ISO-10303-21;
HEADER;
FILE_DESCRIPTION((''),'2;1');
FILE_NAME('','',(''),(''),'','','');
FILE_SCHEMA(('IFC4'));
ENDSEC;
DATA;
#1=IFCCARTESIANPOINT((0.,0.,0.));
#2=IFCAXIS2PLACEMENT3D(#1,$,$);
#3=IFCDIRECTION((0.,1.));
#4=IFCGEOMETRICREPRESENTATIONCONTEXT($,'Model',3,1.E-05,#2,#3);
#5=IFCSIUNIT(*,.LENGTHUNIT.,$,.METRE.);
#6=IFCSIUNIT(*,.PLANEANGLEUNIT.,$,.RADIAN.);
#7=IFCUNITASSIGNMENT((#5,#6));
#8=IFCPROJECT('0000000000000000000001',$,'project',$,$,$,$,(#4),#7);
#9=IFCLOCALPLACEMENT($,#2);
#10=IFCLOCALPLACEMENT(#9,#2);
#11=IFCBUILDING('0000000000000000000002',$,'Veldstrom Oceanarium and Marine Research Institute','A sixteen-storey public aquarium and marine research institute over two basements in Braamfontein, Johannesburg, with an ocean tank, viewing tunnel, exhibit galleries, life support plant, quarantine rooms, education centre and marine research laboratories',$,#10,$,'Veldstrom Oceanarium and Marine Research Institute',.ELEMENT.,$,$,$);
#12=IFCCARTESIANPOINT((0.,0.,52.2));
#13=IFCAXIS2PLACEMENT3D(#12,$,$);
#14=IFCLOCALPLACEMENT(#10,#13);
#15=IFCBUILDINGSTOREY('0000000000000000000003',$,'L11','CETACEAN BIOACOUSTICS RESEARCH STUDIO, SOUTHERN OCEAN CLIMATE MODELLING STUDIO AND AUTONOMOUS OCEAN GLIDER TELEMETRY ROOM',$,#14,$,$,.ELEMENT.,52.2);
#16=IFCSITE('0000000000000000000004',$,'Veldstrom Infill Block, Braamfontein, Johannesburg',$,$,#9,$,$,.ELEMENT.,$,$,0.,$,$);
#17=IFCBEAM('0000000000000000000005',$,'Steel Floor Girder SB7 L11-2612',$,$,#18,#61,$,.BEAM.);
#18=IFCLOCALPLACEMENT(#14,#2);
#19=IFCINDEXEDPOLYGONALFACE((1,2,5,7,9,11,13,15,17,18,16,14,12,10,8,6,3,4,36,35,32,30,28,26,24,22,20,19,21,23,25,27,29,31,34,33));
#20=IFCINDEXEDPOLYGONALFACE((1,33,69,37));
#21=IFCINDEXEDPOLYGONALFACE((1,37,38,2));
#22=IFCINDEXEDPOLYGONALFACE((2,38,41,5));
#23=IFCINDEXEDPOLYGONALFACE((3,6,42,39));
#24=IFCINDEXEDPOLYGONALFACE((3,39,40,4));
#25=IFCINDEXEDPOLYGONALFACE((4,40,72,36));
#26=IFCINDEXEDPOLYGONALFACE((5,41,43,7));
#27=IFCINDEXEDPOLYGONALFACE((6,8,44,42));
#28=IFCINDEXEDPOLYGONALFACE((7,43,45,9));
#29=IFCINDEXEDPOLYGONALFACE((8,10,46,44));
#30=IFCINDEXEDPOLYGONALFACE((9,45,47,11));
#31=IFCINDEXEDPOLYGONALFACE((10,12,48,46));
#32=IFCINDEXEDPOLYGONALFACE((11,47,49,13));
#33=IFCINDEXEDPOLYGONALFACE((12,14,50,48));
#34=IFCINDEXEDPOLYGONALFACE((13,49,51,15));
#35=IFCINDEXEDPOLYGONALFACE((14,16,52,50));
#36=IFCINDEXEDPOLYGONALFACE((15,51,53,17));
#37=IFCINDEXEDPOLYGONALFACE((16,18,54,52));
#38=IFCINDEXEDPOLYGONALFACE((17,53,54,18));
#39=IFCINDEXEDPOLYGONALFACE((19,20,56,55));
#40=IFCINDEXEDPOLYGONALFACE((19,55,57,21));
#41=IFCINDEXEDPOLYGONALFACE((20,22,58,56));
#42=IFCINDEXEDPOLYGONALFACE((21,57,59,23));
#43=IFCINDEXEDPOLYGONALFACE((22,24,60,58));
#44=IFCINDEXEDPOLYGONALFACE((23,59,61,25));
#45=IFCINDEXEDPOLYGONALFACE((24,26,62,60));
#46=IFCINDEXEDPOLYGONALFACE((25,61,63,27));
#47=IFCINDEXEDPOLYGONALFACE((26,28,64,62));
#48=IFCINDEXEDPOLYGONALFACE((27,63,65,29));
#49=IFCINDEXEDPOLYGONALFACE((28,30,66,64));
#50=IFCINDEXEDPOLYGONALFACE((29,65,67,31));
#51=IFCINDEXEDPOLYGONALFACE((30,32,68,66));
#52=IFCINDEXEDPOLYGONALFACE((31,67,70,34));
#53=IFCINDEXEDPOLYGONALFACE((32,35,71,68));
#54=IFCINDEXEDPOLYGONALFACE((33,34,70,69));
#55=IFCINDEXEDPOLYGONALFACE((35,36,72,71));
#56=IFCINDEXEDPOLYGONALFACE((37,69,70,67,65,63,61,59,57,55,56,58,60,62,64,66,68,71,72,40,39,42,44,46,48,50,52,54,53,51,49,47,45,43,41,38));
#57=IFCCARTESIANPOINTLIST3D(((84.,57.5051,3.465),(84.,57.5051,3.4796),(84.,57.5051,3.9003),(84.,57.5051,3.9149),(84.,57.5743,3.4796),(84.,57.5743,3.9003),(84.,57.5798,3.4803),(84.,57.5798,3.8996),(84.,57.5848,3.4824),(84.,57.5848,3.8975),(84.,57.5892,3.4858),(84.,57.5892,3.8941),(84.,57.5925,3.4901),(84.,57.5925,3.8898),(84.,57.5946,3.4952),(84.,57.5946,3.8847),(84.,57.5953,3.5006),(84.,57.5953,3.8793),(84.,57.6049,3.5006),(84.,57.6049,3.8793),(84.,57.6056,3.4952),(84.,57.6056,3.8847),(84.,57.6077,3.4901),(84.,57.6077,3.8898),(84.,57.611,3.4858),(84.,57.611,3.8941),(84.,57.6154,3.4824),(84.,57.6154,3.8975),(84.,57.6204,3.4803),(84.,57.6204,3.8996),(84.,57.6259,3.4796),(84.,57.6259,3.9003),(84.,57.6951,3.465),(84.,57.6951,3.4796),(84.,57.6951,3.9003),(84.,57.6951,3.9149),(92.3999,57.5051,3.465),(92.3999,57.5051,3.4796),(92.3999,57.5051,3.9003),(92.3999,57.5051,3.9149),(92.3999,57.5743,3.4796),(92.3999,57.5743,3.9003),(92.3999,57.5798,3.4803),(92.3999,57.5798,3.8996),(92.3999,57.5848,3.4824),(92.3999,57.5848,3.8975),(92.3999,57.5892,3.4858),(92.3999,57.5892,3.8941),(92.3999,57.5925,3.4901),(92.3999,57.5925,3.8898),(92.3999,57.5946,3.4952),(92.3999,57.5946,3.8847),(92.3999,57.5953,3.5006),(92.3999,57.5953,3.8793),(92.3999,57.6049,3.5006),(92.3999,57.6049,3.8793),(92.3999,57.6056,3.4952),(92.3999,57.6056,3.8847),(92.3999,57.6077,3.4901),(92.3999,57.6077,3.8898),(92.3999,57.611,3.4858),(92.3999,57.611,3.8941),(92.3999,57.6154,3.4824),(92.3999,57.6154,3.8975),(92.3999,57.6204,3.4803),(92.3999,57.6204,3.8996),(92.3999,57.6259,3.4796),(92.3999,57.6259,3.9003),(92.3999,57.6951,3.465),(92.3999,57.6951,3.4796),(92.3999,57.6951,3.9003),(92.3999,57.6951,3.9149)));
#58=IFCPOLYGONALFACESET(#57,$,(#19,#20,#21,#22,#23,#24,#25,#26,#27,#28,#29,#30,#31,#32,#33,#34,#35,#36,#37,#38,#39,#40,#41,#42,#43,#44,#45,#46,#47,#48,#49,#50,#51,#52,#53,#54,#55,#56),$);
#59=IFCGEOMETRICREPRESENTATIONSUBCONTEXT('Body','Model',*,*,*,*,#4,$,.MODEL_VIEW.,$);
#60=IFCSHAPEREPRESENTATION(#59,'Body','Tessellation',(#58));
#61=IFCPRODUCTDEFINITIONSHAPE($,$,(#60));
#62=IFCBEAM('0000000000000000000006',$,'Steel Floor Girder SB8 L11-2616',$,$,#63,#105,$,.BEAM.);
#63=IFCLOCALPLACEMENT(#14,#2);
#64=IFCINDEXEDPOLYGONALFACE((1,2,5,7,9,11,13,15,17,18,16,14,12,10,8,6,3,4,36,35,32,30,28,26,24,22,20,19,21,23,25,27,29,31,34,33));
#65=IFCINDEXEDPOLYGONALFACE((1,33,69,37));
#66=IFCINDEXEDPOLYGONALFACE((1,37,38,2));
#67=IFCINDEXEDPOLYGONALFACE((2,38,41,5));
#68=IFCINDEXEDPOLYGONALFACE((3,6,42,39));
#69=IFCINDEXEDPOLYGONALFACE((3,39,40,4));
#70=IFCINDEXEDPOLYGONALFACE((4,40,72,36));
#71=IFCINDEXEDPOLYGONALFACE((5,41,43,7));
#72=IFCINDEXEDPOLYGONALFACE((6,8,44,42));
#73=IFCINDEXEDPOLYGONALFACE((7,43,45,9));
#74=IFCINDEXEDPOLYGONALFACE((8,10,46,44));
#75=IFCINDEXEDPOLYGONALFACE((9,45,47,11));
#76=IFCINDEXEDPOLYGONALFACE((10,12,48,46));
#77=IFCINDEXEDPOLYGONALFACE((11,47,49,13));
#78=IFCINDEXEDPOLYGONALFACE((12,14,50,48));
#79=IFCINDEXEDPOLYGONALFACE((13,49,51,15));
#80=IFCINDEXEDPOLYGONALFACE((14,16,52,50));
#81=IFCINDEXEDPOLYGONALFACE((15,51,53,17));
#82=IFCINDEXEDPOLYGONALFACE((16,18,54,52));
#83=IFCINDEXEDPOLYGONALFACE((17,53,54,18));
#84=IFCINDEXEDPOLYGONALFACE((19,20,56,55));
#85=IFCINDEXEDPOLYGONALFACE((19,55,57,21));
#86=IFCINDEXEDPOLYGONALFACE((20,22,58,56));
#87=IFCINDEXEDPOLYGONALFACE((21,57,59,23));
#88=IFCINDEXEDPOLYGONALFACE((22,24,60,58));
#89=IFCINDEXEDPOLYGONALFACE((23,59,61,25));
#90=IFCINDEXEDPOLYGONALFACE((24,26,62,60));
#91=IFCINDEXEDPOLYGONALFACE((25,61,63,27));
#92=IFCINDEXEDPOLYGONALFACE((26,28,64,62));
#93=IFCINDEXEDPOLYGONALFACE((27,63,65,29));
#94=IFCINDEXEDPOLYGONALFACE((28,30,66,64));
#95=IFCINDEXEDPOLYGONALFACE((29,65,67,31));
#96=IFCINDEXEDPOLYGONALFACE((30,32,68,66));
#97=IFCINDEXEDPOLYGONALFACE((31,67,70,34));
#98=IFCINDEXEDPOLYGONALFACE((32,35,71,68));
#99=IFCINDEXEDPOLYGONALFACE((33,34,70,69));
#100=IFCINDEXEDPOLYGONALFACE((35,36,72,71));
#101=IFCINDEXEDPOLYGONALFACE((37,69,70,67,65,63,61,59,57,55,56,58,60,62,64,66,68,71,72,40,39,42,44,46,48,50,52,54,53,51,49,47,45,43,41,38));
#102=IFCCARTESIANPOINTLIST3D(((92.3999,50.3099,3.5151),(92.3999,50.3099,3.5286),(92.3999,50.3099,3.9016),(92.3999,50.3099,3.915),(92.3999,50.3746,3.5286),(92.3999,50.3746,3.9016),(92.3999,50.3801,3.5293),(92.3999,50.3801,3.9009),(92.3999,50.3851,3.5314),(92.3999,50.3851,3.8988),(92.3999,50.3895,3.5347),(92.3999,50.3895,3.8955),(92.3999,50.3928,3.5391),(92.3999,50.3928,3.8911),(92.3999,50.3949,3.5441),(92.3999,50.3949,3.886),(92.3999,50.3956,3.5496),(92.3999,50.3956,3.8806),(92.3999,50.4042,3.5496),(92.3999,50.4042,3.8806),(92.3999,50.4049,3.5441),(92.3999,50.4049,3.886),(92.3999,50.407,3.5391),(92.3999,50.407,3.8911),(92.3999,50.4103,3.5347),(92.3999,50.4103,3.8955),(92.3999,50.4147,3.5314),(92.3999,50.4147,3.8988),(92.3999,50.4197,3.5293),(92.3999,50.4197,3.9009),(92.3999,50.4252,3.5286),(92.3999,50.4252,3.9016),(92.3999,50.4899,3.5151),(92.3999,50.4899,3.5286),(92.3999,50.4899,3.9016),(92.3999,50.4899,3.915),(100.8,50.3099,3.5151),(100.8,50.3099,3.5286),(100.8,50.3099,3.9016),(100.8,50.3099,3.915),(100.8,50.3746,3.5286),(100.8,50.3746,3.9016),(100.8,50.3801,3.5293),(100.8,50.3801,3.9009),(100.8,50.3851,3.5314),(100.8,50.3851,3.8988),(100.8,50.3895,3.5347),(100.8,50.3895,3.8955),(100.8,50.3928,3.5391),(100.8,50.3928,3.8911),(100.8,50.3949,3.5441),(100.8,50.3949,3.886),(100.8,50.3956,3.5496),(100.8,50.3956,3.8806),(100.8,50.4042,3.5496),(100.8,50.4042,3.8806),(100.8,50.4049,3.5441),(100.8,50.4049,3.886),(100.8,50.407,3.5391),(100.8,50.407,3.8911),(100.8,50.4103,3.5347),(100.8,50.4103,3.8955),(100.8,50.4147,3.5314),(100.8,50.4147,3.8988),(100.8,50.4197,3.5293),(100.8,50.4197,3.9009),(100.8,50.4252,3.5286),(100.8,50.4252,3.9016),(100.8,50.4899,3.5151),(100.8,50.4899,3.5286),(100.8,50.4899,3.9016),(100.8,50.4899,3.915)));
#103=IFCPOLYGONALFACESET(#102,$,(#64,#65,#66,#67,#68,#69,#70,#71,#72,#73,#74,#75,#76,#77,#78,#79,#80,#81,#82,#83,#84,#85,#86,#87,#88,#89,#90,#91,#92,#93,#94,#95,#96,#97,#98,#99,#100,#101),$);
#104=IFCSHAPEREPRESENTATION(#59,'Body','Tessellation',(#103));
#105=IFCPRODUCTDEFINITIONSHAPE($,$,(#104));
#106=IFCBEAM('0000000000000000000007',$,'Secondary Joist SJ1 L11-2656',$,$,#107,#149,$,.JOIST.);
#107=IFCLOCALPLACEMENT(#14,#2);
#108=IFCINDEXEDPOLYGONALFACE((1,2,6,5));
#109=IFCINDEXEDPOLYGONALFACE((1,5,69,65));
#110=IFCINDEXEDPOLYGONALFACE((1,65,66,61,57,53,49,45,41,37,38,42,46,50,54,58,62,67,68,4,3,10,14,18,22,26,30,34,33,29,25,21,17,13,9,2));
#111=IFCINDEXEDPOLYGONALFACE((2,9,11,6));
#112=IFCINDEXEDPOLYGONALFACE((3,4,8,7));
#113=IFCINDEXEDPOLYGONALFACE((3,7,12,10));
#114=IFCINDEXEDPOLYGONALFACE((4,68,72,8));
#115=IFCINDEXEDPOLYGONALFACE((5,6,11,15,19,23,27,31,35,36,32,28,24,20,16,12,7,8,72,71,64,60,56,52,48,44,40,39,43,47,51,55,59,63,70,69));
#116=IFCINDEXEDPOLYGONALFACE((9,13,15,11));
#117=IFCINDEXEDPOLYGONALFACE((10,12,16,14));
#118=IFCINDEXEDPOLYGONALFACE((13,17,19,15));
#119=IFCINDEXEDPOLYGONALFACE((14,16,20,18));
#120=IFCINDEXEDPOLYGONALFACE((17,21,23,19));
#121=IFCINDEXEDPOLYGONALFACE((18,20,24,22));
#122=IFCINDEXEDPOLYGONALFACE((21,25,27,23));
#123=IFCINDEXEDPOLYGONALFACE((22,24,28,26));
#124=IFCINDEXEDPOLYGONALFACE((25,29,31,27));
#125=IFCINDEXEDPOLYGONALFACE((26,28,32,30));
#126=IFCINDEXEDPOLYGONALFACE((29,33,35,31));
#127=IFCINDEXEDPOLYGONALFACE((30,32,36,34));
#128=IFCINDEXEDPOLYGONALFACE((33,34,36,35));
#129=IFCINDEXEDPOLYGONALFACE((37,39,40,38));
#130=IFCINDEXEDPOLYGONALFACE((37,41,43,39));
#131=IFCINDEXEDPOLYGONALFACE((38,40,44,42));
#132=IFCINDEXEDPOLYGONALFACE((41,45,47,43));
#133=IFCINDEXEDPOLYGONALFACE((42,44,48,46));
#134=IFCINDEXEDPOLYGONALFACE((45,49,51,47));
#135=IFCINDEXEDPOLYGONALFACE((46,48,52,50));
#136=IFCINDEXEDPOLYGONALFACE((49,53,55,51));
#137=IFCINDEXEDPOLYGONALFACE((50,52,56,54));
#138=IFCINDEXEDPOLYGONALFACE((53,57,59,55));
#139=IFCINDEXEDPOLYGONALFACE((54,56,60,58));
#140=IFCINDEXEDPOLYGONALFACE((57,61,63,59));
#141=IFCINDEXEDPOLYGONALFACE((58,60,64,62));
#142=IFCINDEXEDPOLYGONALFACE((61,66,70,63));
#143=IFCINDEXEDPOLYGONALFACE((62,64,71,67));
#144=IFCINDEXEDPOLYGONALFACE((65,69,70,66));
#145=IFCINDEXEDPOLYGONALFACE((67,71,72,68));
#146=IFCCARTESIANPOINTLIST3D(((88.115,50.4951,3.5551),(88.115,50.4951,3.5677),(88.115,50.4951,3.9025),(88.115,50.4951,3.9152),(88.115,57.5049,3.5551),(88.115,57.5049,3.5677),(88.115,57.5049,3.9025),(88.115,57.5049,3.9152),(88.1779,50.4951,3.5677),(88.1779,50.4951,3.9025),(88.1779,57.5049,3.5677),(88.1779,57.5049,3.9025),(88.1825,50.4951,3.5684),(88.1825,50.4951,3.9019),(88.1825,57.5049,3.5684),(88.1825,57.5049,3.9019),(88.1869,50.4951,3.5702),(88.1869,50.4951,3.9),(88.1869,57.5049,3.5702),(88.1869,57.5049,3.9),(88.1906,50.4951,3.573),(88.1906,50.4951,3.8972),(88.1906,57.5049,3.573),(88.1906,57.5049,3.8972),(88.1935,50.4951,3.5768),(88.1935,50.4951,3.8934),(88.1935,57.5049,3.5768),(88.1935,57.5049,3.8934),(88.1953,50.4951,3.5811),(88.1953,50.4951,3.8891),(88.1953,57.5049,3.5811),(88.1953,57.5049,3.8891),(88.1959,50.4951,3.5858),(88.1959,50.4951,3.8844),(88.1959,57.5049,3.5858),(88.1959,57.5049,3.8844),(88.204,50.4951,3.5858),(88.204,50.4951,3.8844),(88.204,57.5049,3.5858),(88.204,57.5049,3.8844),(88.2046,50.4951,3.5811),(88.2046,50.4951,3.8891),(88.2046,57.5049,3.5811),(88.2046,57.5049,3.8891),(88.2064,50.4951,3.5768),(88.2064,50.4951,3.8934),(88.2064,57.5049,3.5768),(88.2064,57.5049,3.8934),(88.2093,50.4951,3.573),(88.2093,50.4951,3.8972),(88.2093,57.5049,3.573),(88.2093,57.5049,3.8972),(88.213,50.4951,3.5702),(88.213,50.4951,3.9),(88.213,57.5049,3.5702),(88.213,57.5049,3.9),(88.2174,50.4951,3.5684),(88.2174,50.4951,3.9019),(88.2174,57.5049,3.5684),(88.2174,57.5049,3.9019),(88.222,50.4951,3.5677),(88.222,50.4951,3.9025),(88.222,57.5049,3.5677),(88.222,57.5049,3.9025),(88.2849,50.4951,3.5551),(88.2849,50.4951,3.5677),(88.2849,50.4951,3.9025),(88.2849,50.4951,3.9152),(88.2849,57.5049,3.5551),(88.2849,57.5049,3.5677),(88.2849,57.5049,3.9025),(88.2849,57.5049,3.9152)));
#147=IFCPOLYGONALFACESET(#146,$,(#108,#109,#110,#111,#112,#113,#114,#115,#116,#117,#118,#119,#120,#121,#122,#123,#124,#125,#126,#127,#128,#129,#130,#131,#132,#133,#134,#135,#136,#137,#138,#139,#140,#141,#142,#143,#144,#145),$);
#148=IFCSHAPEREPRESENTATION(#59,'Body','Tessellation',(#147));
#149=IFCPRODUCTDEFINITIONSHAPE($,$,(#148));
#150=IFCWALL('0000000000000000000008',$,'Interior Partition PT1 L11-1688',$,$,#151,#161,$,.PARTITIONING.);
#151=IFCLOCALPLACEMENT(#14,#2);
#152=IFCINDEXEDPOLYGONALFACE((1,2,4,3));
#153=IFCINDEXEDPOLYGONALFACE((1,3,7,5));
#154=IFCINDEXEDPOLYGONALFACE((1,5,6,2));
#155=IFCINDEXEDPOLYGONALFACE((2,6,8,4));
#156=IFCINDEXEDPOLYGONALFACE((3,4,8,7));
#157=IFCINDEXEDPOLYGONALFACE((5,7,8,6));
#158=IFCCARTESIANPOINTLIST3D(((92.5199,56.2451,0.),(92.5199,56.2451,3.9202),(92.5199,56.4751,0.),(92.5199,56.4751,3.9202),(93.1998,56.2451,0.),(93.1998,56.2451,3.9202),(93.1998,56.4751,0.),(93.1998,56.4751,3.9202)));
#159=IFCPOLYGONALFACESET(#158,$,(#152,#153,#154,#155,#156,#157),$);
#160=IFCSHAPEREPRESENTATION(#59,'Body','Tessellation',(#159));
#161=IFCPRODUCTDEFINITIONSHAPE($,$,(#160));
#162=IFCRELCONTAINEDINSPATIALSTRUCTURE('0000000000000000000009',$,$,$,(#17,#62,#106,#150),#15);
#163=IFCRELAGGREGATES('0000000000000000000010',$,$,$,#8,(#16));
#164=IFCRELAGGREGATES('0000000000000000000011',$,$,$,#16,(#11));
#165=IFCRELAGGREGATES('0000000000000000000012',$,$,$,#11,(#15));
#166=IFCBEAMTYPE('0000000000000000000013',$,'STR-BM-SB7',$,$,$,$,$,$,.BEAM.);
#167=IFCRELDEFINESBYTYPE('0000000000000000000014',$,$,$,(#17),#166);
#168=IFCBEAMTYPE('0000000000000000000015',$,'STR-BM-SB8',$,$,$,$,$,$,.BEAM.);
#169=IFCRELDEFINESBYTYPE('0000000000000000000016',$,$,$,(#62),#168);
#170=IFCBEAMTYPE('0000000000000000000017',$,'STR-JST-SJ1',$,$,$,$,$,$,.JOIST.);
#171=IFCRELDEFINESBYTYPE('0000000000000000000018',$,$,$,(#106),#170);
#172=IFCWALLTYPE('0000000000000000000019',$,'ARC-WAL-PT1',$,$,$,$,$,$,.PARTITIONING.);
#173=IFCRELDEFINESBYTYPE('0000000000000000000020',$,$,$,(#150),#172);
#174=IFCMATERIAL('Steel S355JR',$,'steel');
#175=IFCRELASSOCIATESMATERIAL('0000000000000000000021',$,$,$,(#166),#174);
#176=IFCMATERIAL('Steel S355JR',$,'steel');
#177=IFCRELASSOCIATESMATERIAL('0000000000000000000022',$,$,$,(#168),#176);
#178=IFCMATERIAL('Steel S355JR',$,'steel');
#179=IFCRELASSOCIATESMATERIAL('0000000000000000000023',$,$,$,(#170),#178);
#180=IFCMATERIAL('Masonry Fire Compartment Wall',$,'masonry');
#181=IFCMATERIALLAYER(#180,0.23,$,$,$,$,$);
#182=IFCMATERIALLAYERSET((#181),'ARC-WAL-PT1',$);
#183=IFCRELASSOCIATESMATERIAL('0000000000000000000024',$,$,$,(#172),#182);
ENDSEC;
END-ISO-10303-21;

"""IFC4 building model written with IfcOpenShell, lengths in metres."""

from ifc_helpers import new_model, si_unit, direction, frame, frame_2d, origin, origin_2d, place, context, subcontext, project, spatial, rectangle, i_section, extrude, material, layer, layer_set, material_profile, profile_set, type_object, element, save


model = new_model("IFC4")

# Units and contexts
model_context = context("Model", 3, precision=1e-05, world=origin(), true_north=direction((0.0, 1.0)))
body_context = subcontext(model_context, "Body", "Model", "MODEL_VIEW")
ifc_project = project(units=[si_unit("LENGTHUNIT", "METRE"), si_unit("PLANEANGLEUNIT", "RADIAN")], contexts=[model_context])

# Site, building, storey
site_placement = place(None, origin())
site = spatial("IfcSite", under=ifc_project, at=site_placement, Name="Veldstrom Infill Block, Braamfontein, Johannesburg", CompositionType="ELEMENT", RefElevation=0.0)
building_placement = place(site_placement, origin())
building = spatial("IfcBuilding", under=site, at=building_placement, Name="Veldstrom Oceanarium and Marine Research Institute", Description="A sixteen-storey public aquarium and marine research institute over two basements in Braamfontein, Johannesburg, with an ocean tank, viewing tunnel, exhibit galleries, life support plant, quarantine rooms, education centre and marine research laboratories", LongName="Veldstrom Oceanarium and Marine Research Institute", CompositionType="ELEMENT")
storey_placement = place(building_placement, frame((0.0, 0.0, 52.2)))
storey = spatial("IfcBuildingStorey", under=building, at=storey_placement, Name="L11", Description="CETACEAN BIOACOUSTICS RESEARCH STUDIO, SOUTHERN OCEAN CLIMATE MODELLING STUDIO AND AUTONOMOUS OCEAN GLIDER TELEMETRY ROOM", CompositionType="ELEMENT", Elevation=52.2)

# Beams
ifc_material_1 = material(Name="Steel S355JR", Category="steel")
ifc_material_profile_1 = material_profile(ifc_material_1, i_section(OverallWidth=0.1899, OverallDepth=0.45, WebThickness=0.0095, FlangeThickness=0.0146, FilletRadius=0.021, at=origin_2d()), Name="IPE 450")
ifc_profile_set_1 = profile_set([ifc_material_profile_1], Name="Steel S355JR")
beam_type_1 = type_object("IfcBeamType", Name="STR-BM-SB7", PredefinedType="BEAM", material=ifc_profile_set_1)
for number, where, z_axis, x_axis, name in (
    (1, (84.0, 57.6001, 3.6899), (1.0, 0.0, 0.0), (0.0, 1.0, 0.0), "Steel Floor Girder SB7 L11-2612"),
):
    element("IfcBeam", number, at=place(storey_placement, frame(where, z_axis=z_axis, x_axis=x_axis)), inside=storey, type_object=beam_type_1, Name=name, PredefinedType="BEAM", context=body_context, shape_type="SweptSolid", body=[
        extrude(i_section(OverallWidth=0.1899, OverallDepth=0.45, WebThickness=0.0095, FlangeThickness=0.0146, FilletRadius=0.021, at=origin_2d()), origin(), (0.0, 0.0, 1.0), 8.3999),
    ])
ifc_material_2 = material(Name="Steel S355JR", Category="steel")
ifc_material_profile_2 = material_profile(ifc_material_2, i_section(OverallWidth=0.1799, OverallDepth=0.3999, WebThickness=0.0085, FlangeThickness=0.0134, FilletRadius=0.021, at=origin_2d()), Name="IPE 400")
ifc_profile_set_2 = profile_set([ifc_material_profile_2], Name="Steel S355JR")
beam_type_2 = type_object("IfcBeamType", Name="STR-BM-SB8", PredefinedType="BEAM", material=ifc_profile_set_2)
beam_1_placement = place(storey_placement, frame((92.3999, 50.3999, 3.7151), z_axis=(1.0, 0.0, 0.0), x_axis=(0.0, 1.0, 0.0)))
element("IfcBeam", 2, at=beam_1_placement, inside=storey, type_object=beam_type_2, Name="Steel Floor Girder SB8 L11-2616", PredefinedType="BEAM", context=body_context, shape_type="SweptSolid", body=[
    extrude(i_section(OverallWidth=0.1799, OverallDepth=0.3999, WebThickness=0.0085, FlangeThickness=0.0134, FilletRadius=0.021, at=origin_2d()), origin(), (0.0, 0.0, 1.0), 8.4001),
])
ifc_material_3 = material(Name="Steel S355JR", Category="steel")
ifc_material_profile_3 = material_profile(ifc_material_3, i_section(OverallWidth=0.1699, OverallDepth=0.3601, WebThickness=0.0081, FlangeThickness=0.0127, FilletRadius=0.0181, at=origin_2d()), Name="IPE 360")
ifc_profile_set_3 = profile_set([ifc_material_profile_3], Name="Steel S355JR")
beam_type_3 = type_object("IfcBeamType", Name="STR-JST-SJ1", PredefinedType="JOIST", material=ifc_profile_set_3)
beam_2_placement = place(storey_placement, frame((88.2, 50.4951, 3.7351), z_axis=(0.0, 1.0, 0.0), x_axis=(-1.0, 0.0, 0.0)))
element("IfcBeam", 3, at=beam_2_placement, inside=storey, type_object=beam_type_3, Name="Secondary Joist SJ1 L11-2656", PredefinedType="JOIST", context=body_context, shape_type="SweptSolid", body=[
    extrude(i_section(OverallWidth=0.1699, OverallDepth=0.3601, WebThickness=0.0081, FlangeThickness=0.0127, FilletRadius=0.0181, at=origin_2d()), origin(), (0.0, 0.0, 1.0), 7.0098),
])

# Shared definitions
ifc_material_4 = material(Name="Masonry Fire Compartment Wall", Category="masonry")
ifc_layer_1 = layer(ifc_material_4, 0.23)
ifc_layer_set_1 = layer_set([ifc_layer_1], Name="ARC-WAL-PT1")
wall_type_1 = type_object("IfcWallType", Name="ARC-WAL-PT1", PredefinedType="PARTITIONING", material=ifc_layer_set_1)

# Wall
wall_1_placement = place(storey_placement, frame((92.52, 56.3601, 0.0), z_axis=(0.0, 0.0, 1.0), x_axis=(1.0, 0.0, 0.0)))
element("IfcWall", 4, at=wall_1_placement, inside=storey, type_object=wall_type_1, Name="Interior Partition PT1 L11-1688", PredefinedType="PARTITIONING", context=body_context, shape_type="SweptSolid", body=[
    extrude(rectangle(XDim=0.6799, YDim=0.23, at=frame_2d((0.3398, 0.0))), origin(), (0.0, 0.0, 1.0), 3.9202),
])

save(model, "model.ifc")
